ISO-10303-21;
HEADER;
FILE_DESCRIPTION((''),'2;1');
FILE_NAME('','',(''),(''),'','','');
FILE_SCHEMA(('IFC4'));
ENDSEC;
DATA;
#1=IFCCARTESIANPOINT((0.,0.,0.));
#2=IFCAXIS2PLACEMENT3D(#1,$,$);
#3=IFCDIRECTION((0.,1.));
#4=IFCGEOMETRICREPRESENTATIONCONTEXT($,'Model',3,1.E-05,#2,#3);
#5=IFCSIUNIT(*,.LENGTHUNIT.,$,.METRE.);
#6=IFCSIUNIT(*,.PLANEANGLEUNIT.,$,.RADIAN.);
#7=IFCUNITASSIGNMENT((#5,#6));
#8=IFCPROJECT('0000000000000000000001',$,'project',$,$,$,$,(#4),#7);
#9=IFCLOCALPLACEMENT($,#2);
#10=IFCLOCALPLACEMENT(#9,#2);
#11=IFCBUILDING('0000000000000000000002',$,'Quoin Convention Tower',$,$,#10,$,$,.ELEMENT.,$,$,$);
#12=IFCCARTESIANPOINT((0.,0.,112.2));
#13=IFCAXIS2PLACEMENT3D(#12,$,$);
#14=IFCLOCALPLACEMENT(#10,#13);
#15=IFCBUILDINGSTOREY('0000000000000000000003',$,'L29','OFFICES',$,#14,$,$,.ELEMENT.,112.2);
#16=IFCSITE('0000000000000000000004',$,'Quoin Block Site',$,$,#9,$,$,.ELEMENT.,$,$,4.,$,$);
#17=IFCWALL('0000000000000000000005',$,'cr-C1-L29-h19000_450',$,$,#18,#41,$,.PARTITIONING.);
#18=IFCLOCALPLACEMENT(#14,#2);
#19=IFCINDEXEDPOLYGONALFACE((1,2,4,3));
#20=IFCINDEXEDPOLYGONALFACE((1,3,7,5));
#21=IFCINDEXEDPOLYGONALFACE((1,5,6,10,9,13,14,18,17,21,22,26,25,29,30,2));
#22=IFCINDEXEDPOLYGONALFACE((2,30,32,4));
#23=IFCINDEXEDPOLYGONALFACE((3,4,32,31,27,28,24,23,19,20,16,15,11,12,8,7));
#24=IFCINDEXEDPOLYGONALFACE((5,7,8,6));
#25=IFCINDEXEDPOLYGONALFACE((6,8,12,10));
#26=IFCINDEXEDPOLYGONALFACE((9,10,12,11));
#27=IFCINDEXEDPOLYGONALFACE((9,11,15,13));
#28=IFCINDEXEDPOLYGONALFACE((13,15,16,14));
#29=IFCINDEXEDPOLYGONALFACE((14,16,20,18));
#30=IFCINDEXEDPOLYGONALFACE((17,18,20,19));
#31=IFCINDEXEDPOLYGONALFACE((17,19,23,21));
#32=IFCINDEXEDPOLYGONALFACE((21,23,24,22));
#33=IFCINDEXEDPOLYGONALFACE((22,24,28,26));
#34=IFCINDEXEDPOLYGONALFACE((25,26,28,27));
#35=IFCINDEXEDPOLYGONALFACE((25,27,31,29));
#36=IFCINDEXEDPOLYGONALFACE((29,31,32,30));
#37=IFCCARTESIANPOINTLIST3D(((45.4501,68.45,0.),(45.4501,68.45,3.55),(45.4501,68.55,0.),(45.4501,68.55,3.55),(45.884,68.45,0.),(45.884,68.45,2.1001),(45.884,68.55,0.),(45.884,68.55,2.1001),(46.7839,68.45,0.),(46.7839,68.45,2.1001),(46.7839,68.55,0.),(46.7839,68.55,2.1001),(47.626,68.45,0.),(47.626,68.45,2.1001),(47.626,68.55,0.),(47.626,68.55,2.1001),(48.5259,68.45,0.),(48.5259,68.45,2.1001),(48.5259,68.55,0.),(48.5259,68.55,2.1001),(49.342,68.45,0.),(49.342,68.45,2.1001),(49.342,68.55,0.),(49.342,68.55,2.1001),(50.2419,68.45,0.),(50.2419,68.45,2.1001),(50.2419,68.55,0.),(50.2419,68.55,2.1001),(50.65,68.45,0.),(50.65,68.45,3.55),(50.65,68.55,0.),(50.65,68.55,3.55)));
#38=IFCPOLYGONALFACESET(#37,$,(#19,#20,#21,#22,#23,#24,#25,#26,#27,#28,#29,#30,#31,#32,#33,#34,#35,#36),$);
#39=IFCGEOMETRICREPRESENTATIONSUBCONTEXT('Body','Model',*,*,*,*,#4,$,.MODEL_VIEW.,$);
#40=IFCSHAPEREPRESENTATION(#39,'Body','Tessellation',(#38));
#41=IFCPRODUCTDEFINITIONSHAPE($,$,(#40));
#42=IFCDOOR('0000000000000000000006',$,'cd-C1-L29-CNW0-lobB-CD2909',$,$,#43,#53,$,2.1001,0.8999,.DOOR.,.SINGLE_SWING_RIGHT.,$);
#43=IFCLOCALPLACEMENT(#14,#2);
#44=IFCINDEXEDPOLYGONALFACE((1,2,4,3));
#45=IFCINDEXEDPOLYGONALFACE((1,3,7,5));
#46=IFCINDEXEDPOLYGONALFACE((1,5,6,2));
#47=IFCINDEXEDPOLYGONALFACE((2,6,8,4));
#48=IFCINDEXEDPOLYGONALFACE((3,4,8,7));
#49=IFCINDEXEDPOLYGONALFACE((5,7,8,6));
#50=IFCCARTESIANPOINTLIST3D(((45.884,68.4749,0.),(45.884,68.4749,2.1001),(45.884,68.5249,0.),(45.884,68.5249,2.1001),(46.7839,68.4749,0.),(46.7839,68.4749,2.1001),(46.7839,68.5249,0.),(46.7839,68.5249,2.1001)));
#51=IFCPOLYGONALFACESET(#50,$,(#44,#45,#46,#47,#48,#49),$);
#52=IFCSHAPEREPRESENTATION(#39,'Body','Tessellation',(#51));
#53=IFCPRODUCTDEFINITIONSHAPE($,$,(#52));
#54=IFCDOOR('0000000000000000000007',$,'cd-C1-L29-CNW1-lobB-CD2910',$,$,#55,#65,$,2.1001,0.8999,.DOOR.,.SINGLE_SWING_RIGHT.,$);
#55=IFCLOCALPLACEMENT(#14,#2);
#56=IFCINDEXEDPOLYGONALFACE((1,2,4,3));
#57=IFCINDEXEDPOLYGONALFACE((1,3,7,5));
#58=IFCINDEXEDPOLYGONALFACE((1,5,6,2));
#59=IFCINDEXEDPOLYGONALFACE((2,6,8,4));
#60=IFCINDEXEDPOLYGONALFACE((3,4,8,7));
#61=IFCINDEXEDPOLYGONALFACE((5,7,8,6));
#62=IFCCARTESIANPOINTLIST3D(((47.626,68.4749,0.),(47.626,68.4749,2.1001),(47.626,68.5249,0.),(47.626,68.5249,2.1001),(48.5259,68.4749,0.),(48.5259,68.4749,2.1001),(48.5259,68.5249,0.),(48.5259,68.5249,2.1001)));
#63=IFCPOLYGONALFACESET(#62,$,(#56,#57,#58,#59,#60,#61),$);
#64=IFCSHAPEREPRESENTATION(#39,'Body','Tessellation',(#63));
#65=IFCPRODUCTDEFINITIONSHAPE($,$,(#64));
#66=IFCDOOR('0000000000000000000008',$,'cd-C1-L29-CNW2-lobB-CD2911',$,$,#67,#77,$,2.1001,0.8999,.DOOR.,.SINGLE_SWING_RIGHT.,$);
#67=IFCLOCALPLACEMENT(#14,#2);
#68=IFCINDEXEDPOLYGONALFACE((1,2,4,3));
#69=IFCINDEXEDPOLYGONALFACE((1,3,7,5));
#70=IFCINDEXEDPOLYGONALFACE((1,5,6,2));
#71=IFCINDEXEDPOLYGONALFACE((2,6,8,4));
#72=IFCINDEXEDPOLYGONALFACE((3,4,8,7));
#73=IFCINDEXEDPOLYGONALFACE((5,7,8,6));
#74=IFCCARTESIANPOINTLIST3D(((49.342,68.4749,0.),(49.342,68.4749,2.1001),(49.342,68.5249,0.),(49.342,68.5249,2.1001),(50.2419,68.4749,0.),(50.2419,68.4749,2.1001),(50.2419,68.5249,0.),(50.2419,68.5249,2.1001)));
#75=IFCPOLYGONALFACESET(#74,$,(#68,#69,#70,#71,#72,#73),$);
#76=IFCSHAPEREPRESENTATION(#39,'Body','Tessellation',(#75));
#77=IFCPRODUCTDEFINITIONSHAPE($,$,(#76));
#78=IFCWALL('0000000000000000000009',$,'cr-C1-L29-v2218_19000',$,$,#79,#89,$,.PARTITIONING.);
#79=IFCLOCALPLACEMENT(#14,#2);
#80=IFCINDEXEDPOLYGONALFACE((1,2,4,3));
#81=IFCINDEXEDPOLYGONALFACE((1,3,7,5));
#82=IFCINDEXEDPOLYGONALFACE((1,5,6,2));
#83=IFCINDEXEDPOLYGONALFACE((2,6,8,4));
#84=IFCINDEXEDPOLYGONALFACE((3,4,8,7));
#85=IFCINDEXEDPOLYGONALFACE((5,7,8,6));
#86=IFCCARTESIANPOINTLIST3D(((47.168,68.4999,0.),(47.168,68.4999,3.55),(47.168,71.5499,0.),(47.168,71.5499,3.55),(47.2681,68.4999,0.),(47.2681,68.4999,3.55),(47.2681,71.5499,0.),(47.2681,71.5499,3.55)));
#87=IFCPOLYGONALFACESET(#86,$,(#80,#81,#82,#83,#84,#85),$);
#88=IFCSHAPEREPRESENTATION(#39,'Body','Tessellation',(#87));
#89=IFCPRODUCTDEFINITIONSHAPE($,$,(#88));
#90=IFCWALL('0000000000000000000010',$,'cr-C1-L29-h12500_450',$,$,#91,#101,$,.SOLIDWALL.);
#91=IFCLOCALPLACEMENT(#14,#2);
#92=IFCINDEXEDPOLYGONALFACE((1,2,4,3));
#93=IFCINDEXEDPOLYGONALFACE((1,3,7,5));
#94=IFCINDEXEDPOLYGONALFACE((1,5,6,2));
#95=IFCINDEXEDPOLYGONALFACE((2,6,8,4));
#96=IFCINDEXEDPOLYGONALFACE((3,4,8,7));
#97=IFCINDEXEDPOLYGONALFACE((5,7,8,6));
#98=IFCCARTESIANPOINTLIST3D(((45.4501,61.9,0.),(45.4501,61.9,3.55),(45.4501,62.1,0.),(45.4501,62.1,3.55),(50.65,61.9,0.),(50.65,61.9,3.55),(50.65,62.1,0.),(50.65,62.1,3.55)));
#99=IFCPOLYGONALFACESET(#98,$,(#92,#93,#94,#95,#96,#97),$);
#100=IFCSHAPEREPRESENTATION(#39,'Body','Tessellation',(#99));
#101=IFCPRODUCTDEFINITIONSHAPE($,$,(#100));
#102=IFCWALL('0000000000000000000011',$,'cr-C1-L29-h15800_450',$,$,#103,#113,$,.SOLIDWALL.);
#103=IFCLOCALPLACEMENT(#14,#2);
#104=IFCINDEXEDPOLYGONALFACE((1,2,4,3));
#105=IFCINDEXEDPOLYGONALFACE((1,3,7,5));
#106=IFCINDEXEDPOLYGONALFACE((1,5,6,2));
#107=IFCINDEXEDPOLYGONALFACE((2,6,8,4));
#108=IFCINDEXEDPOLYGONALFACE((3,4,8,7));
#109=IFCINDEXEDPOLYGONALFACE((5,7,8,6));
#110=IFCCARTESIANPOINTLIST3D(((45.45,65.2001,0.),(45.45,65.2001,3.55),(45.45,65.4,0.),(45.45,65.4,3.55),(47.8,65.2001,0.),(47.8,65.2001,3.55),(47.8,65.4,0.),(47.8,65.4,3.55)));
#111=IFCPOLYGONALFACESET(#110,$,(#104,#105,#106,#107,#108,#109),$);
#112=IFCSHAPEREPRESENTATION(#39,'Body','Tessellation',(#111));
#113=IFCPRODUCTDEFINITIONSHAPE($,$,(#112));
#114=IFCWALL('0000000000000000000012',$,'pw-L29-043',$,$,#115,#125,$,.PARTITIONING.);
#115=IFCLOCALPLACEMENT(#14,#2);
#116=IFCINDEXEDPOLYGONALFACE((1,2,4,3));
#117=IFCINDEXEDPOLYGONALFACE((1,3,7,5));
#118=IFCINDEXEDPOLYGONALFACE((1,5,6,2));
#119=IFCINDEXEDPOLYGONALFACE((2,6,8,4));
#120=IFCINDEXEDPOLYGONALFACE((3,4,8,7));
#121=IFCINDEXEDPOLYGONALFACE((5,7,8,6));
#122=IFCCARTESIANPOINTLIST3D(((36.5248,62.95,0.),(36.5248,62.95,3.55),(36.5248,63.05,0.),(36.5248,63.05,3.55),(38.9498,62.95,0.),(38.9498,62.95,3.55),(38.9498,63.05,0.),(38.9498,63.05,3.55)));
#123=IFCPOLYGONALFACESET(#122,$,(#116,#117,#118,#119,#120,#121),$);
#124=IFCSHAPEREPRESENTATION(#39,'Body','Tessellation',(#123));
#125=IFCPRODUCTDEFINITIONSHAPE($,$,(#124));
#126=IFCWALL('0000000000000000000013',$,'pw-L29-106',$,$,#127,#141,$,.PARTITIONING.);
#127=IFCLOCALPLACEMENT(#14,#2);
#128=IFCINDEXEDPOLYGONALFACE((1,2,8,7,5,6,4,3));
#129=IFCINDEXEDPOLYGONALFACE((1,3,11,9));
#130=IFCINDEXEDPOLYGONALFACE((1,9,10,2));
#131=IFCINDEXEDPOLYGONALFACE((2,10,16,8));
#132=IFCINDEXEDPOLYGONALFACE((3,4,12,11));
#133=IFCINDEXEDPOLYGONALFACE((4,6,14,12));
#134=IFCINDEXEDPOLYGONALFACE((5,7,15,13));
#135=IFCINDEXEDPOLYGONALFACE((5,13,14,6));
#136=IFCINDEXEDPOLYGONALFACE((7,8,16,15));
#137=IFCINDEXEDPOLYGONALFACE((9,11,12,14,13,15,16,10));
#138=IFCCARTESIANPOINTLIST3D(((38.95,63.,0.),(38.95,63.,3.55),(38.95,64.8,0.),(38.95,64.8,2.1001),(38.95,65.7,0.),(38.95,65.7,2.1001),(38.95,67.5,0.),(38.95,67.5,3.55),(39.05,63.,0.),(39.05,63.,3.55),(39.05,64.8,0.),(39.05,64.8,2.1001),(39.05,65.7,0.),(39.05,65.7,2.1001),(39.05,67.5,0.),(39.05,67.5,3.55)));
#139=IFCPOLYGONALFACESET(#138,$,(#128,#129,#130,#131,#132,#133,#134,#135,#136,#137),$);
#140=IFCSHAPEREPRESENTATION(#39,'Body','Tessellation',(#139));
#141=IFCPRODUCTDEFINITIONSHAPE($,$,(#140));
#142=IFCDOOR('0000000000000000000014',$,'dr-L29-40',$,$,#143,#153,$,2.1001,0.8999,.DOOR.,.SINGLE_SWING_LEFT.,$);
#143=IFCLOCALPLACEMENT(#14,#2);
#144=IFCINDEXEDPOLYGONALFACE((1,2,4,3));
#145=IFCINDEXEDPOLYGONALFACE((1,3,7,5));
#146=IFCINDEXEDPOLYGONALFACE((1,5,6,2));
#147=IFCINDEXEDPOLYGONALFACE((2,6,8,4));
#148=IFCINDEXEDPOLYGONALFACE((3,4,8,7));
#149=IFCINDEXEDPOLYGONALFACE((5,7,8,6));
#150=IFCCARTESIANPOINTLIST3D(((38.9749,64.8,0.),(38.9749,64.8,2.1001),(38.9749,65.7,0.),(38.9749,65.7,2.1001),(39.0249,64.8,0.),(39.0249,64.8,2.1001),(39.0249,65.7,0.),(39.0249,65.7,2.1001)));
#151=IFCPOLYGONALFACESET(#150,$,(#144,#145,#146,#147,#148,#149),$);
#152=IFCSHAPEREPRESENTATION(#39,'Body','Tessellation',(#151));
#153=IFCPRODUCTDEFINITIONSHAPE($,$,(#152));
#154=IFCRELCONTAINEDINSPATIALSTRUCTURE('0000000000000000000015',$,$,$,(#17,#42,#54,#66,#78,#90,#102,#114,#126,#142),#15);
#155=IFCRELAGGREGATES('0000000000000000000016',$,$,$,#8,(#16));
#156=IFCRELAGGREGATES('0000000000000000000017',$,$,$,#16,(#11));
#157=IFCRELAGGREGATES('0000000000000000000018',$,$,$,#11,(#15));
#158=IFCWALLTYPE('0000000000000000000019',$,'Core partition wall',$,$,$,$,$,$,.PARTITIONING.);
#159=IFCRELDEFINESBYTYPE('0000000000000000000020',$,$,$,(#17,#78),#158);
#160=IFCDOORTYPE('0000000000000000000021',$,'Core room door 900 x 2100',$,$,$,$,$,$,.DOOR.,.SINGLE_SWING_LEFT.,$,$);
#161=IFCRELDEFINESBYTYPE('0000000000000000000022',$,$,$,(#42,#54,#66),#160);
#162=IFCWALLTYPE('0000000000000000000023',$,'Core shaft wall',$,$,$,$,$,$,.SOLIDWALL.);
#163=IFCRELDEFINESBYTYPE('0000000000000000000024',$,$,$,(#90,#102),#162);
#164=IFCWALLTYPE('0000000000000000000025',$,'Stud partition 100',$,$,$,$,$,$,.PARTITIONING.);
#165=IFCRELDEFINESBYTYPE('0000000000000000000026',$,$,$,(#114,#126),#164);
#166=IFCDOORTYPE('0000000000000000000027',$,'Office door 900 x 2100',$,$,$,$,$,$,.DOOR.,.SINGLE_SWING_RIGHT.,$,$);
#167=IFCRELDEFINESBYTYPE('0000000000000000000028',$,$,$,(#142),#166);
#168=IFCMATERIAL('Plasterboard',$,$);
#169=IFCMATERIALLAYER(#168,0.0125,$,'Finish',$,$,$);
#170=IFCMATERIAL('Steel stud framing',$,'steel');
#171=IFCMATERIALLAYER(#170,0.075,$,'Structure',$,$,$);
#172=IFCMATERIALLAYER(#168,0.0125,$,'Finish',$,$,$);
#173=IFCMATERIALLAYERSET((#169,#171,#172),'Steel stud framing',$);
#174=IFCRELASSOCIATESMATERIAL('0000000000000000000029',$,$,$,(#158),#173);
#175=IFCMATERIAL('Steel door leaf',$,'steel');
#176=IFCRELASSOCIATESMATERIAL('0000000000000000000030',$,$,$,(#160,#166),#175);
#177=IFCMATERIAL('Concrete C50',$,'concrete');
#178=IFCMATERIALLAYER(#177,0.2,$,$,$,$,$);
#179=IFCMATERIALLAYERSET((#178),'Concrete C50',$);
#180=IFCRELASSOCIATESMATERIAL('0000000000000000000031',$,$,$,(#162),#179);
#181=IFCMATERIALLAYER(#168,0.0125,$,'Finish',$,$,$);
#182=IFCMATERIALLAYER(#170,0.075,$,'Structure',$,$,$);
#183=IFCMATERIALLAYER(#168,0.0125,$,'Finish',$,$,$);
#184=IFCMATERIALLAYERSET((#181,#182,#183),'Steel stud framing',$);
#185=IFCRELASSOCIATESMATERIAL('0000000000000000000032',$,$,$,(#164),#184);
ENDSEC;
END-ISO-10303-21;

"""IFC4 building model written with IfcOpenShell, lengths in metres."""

from ifc_helpers import new_model, si_unit, direction, frame, frame_2d, origin, place, context, subcontext, project, spatial, rectangle, extrude, material, layer, layer_set, type_object, element, fill, save


model = new_model("IFC4")

# Units and contexts
model_context = context("Model", 3, precision=1e-05, world=origin(), true_north=direction((0.0, 1.0)))
body_context = subcontext(model_context, "Body", "Model", "MODEL_VIEW")
ifc_project = project(units=[si_unit("LENGTHUNIT", "METRE"), si_unit("PLANEANGLEUNIT", "RADIAN")], contexts=[model_context])

# Site, building, storey
site_placement = place(None, origin())
site = spatial("IfcSite", under=ifc_project, at=site_placement, Name="Quoin Block Site", CompositionType="ELEMENT", RefElevation=4.0)
building_placement = place(site_placement, origin())
building = spatial("IfcBuilding", under=site, at=building_placement, Name="Quoin Convention Tower", CompositionType="ELEMENT")
storey_placement = place(building_placement, frame((0.0, 0.0, 112.2)))
storey = spatial("IfcBuildingStorey", under=building, at=storey_placement, Name="L29", Description="OFFICES", CompositionType="ELEMENT", Elevation=112.2)

# Shared definitions
ifc_material_1 = material(Name="Plasterboard")
ifc_material_2 = material(Name="Steel stud framing", Category="steel")

# Wall, openings, doors
ifc_layer_1 = layer(ifc_material_1, 0.0125, Name="Finish")
ifc_layer_2 = layer(ifc_material_2, 0.075, Name="Structure")
ifc_layer_3 = layer(ifc_material_1, 0.0125, Name="Finish")
ifc_layer_set_1 = layer_set([ifc_layer_1, ifc_layer_2, ifc_layer_3], Name="Steel stud framing")
wall_type_1 = type_object("IfcWallType", Name="Core partition wall", PredefinedType="PARTITIONING", material=ifc_layer_set_1)
wall_1_placement = place(storey_placement, frame((45.45, 68.5, 0.0), z_axis=(0.0, 0.0, 1.0), x_axis=(1.0, 0.0, 0.0)))
wall_1 = element("IfcWall", 1, at=wall_1_placement, inside=storey, type_object=wall_type_1, Name="cr-C1-L29-h19000_450", PredefinedType="PARTITIONING", context=body_context, shape_type="SweptSolid", body=[
    extrude(rectangle(XDim=5.2, YDim=0.1001, at=frame_2d((2.6001, 0.0))), origin(), (0.0, 0.0, 1.0), 3.55),
])
opening_1_placement = place(wall_1_placement, frame((0.4341, 0.0, 0.0)))
opening_1 = element("IfcOpeningElement", 2, at=opening_1_placement, cuts=wall_1, PredefinedType="OPENING", context=body_context, shape_type="SweptSolid", body=[
    extrude(rectangle(XDim=0.8999, YDim=2.1001, at=frame_2d((0.45, 1.05))), frame((0.0, 0.0601, 0.0), z_axis=(0.0, -1.0, 0.0), x_axis=(1.0, 0.0, 0.0)), (0.0, 0.0, 1.0), 0.1201),
])
opening_2_placement = place(wall_1_placement, frame((2.176, 0.0, 0.0)))
opening_2 = element("IfcOpeningElement", 3, at=opening_2_placement, cuts=wall_1, PredefinedType="OPENING", context=body_context, shape_type="SweptSolid", body=[
    extrude(rectangle(XDim=0.8999, YDim=2.1001, at=frame_2d((0.45, 1.05))), frame((0.0, 0.0601, 0.0), z_axis=(0.0, -1.0, 0.0), x_axis=(1.0, 0.0, 0.0)), (0.0, 0.0, 1.0), 0.1201),
])
opening_3_placement = place(wall_1_placement, frame((3.8921, 0.0, 0.0)))
opening_3 = element("IfcOpeningElement", 4, at=opening_3_placement, cuts=wall_1, PredefinedType="OPENING", context=body_context, shape_type="SweptSolid", body=[
    extrude(rectangle(XDim=0.8999, YDim=2.1001, at=frame_2d((0.45, 1.05))), frame((0.0, 0.0601, 0.0), z_axis=(0.0, -1.0, 0.0), x_axis=(1.0, 0.0, 0.0)), (0.0, 0.0, 1.0), 0.1201),
])
ifc_material_3 = material(Name="Steel door leaf", Category="steel")
door_type_1 = type_object("IfcDoorType", Name="Core room door 900 x 2100", OperationType="SINGLE_SWING_LEFT", PredefinedType="DOOR", material=ifc_material_3)
door_1_placement = place(opening_1_placement, origin())
door_1 = element("IfcDoor", 5, at=door_1_placement, inside=storey, type_object=door_type_1, Name="cd-C1-L29-CNW0-lobB-CD2909", OperationType="SINGLE_SWING_RIGHT", OverallHeight=2.1001, OverallWidth=0.8999, PredefinedType="DOOR", context=body_context, shape_type="SweptSolid", body=[
    extrude(rectangle(XDim=0.8999, YDim=2.1001, at=frame_2d((0.45, 1.05))), frame((0.0, 0.0249, 0.0), z_axis=(0.0, -1.0, 0.0), x_axis=(1.0, 0.0, 0.0)), (0.0, 0.0, 1.0), 0.05),
])
fill(opening_1, door_1)
door_2_placement = place(opening_2_placement, origin())
door_2 = element("IfcDoor", 6, at=door_2_placement, inside=storey, type_object=door_type_1, Name="cd-C1-L29-CNW1-lobB-CD2910", OperationType="SINGLE_SWING_RIGHT", OverallHeight=2.1001, OverallWidth=0.8999, PredefinedType="DOOR", context=body_context, shape_type="SweptSolid", body=[
    extrude(rectangle(XDim=0.8999, YDim=2.1001, at=frame_2d((0.45, 1.05))), frame((0.0, 0.0249, 0.0), z_axis=(0.0, -1.0, 0.0), x_axis=(1.0, 0.0, 0.0)), (0.0, 0.0, 1.0), 0.05),
])
fill(opening_2, door_2)
door_3_placement = place(opening_3_placement, origin())
door_3 = element("IfcDoor", 7, at=door_3_placement, inside=storey, type_object=door_type_1, Name="cd-C1-L29-CNW2-lobB-CD2911", OperationType="SINGLE_SWING_RIGHT", OverallHeight=2.1001, OverallWidth=0.8999, PredefinedType="DOOR", context=body_context, shape_type="SweptSolid", body=[
    extrude(rectangle(XDim=0.8999, YDim=2.1001, at=frame_2d((0.45, 1.05))), frame((0.0, 0.0249, 0.0), z_axis=(0.0, -1.0, 0.0), x_axis=(1.0, 0.0, 0.0)), (0.0, 0.0, 1.0), 0.05),
])
fill(opening_3, door_3)

# Walls
wall_2_placement = place(storey_placement, frame((47.218, 68.5, 0.0), z_axis=(0.0, 0.0, 1.0), x_axis=(0.0, 1.0, 0.0)))
element("IfcWall", 8, at=wall_2_placement, inside=storey, type_object=wall_type_1, Name="cr-C1-L29-v2218_19000", PredefinedType="PARTITIONING", context=body_context, shape_type="SweptSolid", body=[
    extrude(rectangle(XDim=3.05, YDim=0.1001, at=frame_2d((1.5249, 0.0))), origin(), (0.0, 0.0, 1.0), 3.55),
])
ifc_material_4 = material(Name="Concrete C50", Category="concrete")
ifc_layer_4 = layer(ifc_material_4, 0.2)
ifc_layer_set_2 = layer_set([ifc_layer_4], Name="Concrete C50")
wall_type_2 = type_object("IfcWallType", Name="Core shaft wall", PredefinedType="SOLIDWALL", material=ifc_layer_set_2)
wall_3_placement = place(storey_placement, frame((45.45, 62.0, 0.0), z_axis=(0.0, 0.0, 1.0), x_axis=(1.0, 0.0, 0.0)))
element("IfcWall", 9, at=wall_3_placement, inside=storey, type_object=wall_type_2, Name="cr-C1-L29-h12500_450", PredefinedType="SOLIDWALL", context=body_context, shape_type="SweptSolid", body=[
    extrude(rectangle(XDim=5.2, YDim=0.2, at=frame_2d((2.6001, 0.0))), origin(), (0.0, 0.0, 1.0), 3.55),
])
wall_4_placement = place(storey_placement, frame((45.45, 65.3, 0.0), z_axis=(0.0, 0.0, 1.0), x_axis=(1.0, 0.0, 0.0)))
element("IfcWall", 10, at=wall_4_placement, inside=storey, type_object=wall_type_2, Name="cr-C1-L29-h15800_450", PredefinedType="SOLIDWALL", context=body_context, shape_type="SweptSolid", body=[
    extrude(rectangle(XDim=2.3501, YDim=0.2, at=frame_2d((1.175, 0.0))), origin(), (0.0, 0.0, 1.0), 3.55),
])
ifc_layer_5 = layer(ifc_material_1, 0.0125, Name="Finish")
ifc_layer_6 = layer(ifc_material_2, 0.075, Name="Structure")
ifc_layer_7 = layer(ifc_material_1, 0.0125, Name="Finish")
ifc_layer_set_3 = layer_set([ifc_layer_5, ifc_layer_6, ifc_layer_7], Name="Steel stud framing")
wall_type_3 = type_object("IfcWallType", Name="Stud partition 100", PredefinedType="PARTITIONING", material=ifc_layer_set_3)
wall_5_placement = place(storey_placement, frame((36.5249, 63.0, 0.0), z_axis=(0.0, 0.0, 1.0), x_axis=(1.0, 0.0, 0.0)))
element("IfcWall", 11, at=wall_5_placement, inside=storey, type_object=wall_type_3, Name="pw-L29-043", PredefinedType="PARTITIONING", context=body_context, shape_type="SweptSolid", body=[
    extrude(rectangle(XDim=2.425, YDim=0.1001, at=frame_2d((1.2124, 0.0))), origin(), (0.0, 0.0, 1.0), 3.55),
])

# Wall, opening, door
wall_6_placement = place(storey_placement, frame((39.0, 63.0, 0.0), z_axis=(0.0, 0.0, 1.0), x_axis=(0.0, 1.0, 0.0)))
wall_6 = element("IfcWall", 12, at=wall_6_placement, inside=storey, type_object=wall_type_3, Name="pw-L29-106", PredefinedType="PARTITIONING", context=body_context, shape_type="SweptSolid", body=[
    extrude(rectangle(XDim=4.5, YDim=0.1001, at=frame_2d((2.25, 0.0))), origin(), (0.0, 0.0, 1.0), 3.55),
])
opening_4_placement = place(wall_6_placement, frame((1.8, 0.0, 0.0)))
opening_4 = element("IfcOpeningElement", 13, at=opening_4_placement, cuts=wall_6, PredefinedType="OPENING", context=body_context, shape_type="SweptSolid", body=[
    extrude(rectangle(XDim=0.8999, YDim=2.1001, at=frame_2d((0.45, 1.05))), frame((0.0, 0.0601, 0.0), z_axis=(0.0, -1.0, 0.0), x_axis=(1.0, 0.0, 0.0)), (0.0, 0.0, 1.0), 0.1201),
])
door_type_2 = type_object("IfcDoorType", Name="Office door 900 x 2100", OperationType="SINGLE_SWING_RIGHT", PredefinedType="DOOR", material=ifc_material_3)
door_4_placement = place(opening_4_placement, frame((0.8999, 0.0, 0.0), z_axis=(0.0, 0.0, 1.0), x_axis=(-1.0, 0.0, 0.0)))
door_4 = element("IfcDoor", 14, at=door_4_placement, inside=storey, type_object=door_type_2, Name="dr-L29-40", OperationType="SINGLE_SWING_LEFT", OverallHeight=2.1001, OverallWidth=0.8999, PredefinedType="DOOR", context=body_context, shape_type="SweptSolid", body=[
    extrude(rectangle(XDim=0.8999, YDim=2.1001, at=frame_2d((0.45, 1.05))), frame((0.0, 0.0249, 0.0), z_axis=(0.0, -1.0, 0.0), x_axis=(1.0, 0.0, 0.0)), (0.0, 0.0, 1.0), 0.05),
])
fill(opening_4, door_4)

save(model, "model.ifc")
